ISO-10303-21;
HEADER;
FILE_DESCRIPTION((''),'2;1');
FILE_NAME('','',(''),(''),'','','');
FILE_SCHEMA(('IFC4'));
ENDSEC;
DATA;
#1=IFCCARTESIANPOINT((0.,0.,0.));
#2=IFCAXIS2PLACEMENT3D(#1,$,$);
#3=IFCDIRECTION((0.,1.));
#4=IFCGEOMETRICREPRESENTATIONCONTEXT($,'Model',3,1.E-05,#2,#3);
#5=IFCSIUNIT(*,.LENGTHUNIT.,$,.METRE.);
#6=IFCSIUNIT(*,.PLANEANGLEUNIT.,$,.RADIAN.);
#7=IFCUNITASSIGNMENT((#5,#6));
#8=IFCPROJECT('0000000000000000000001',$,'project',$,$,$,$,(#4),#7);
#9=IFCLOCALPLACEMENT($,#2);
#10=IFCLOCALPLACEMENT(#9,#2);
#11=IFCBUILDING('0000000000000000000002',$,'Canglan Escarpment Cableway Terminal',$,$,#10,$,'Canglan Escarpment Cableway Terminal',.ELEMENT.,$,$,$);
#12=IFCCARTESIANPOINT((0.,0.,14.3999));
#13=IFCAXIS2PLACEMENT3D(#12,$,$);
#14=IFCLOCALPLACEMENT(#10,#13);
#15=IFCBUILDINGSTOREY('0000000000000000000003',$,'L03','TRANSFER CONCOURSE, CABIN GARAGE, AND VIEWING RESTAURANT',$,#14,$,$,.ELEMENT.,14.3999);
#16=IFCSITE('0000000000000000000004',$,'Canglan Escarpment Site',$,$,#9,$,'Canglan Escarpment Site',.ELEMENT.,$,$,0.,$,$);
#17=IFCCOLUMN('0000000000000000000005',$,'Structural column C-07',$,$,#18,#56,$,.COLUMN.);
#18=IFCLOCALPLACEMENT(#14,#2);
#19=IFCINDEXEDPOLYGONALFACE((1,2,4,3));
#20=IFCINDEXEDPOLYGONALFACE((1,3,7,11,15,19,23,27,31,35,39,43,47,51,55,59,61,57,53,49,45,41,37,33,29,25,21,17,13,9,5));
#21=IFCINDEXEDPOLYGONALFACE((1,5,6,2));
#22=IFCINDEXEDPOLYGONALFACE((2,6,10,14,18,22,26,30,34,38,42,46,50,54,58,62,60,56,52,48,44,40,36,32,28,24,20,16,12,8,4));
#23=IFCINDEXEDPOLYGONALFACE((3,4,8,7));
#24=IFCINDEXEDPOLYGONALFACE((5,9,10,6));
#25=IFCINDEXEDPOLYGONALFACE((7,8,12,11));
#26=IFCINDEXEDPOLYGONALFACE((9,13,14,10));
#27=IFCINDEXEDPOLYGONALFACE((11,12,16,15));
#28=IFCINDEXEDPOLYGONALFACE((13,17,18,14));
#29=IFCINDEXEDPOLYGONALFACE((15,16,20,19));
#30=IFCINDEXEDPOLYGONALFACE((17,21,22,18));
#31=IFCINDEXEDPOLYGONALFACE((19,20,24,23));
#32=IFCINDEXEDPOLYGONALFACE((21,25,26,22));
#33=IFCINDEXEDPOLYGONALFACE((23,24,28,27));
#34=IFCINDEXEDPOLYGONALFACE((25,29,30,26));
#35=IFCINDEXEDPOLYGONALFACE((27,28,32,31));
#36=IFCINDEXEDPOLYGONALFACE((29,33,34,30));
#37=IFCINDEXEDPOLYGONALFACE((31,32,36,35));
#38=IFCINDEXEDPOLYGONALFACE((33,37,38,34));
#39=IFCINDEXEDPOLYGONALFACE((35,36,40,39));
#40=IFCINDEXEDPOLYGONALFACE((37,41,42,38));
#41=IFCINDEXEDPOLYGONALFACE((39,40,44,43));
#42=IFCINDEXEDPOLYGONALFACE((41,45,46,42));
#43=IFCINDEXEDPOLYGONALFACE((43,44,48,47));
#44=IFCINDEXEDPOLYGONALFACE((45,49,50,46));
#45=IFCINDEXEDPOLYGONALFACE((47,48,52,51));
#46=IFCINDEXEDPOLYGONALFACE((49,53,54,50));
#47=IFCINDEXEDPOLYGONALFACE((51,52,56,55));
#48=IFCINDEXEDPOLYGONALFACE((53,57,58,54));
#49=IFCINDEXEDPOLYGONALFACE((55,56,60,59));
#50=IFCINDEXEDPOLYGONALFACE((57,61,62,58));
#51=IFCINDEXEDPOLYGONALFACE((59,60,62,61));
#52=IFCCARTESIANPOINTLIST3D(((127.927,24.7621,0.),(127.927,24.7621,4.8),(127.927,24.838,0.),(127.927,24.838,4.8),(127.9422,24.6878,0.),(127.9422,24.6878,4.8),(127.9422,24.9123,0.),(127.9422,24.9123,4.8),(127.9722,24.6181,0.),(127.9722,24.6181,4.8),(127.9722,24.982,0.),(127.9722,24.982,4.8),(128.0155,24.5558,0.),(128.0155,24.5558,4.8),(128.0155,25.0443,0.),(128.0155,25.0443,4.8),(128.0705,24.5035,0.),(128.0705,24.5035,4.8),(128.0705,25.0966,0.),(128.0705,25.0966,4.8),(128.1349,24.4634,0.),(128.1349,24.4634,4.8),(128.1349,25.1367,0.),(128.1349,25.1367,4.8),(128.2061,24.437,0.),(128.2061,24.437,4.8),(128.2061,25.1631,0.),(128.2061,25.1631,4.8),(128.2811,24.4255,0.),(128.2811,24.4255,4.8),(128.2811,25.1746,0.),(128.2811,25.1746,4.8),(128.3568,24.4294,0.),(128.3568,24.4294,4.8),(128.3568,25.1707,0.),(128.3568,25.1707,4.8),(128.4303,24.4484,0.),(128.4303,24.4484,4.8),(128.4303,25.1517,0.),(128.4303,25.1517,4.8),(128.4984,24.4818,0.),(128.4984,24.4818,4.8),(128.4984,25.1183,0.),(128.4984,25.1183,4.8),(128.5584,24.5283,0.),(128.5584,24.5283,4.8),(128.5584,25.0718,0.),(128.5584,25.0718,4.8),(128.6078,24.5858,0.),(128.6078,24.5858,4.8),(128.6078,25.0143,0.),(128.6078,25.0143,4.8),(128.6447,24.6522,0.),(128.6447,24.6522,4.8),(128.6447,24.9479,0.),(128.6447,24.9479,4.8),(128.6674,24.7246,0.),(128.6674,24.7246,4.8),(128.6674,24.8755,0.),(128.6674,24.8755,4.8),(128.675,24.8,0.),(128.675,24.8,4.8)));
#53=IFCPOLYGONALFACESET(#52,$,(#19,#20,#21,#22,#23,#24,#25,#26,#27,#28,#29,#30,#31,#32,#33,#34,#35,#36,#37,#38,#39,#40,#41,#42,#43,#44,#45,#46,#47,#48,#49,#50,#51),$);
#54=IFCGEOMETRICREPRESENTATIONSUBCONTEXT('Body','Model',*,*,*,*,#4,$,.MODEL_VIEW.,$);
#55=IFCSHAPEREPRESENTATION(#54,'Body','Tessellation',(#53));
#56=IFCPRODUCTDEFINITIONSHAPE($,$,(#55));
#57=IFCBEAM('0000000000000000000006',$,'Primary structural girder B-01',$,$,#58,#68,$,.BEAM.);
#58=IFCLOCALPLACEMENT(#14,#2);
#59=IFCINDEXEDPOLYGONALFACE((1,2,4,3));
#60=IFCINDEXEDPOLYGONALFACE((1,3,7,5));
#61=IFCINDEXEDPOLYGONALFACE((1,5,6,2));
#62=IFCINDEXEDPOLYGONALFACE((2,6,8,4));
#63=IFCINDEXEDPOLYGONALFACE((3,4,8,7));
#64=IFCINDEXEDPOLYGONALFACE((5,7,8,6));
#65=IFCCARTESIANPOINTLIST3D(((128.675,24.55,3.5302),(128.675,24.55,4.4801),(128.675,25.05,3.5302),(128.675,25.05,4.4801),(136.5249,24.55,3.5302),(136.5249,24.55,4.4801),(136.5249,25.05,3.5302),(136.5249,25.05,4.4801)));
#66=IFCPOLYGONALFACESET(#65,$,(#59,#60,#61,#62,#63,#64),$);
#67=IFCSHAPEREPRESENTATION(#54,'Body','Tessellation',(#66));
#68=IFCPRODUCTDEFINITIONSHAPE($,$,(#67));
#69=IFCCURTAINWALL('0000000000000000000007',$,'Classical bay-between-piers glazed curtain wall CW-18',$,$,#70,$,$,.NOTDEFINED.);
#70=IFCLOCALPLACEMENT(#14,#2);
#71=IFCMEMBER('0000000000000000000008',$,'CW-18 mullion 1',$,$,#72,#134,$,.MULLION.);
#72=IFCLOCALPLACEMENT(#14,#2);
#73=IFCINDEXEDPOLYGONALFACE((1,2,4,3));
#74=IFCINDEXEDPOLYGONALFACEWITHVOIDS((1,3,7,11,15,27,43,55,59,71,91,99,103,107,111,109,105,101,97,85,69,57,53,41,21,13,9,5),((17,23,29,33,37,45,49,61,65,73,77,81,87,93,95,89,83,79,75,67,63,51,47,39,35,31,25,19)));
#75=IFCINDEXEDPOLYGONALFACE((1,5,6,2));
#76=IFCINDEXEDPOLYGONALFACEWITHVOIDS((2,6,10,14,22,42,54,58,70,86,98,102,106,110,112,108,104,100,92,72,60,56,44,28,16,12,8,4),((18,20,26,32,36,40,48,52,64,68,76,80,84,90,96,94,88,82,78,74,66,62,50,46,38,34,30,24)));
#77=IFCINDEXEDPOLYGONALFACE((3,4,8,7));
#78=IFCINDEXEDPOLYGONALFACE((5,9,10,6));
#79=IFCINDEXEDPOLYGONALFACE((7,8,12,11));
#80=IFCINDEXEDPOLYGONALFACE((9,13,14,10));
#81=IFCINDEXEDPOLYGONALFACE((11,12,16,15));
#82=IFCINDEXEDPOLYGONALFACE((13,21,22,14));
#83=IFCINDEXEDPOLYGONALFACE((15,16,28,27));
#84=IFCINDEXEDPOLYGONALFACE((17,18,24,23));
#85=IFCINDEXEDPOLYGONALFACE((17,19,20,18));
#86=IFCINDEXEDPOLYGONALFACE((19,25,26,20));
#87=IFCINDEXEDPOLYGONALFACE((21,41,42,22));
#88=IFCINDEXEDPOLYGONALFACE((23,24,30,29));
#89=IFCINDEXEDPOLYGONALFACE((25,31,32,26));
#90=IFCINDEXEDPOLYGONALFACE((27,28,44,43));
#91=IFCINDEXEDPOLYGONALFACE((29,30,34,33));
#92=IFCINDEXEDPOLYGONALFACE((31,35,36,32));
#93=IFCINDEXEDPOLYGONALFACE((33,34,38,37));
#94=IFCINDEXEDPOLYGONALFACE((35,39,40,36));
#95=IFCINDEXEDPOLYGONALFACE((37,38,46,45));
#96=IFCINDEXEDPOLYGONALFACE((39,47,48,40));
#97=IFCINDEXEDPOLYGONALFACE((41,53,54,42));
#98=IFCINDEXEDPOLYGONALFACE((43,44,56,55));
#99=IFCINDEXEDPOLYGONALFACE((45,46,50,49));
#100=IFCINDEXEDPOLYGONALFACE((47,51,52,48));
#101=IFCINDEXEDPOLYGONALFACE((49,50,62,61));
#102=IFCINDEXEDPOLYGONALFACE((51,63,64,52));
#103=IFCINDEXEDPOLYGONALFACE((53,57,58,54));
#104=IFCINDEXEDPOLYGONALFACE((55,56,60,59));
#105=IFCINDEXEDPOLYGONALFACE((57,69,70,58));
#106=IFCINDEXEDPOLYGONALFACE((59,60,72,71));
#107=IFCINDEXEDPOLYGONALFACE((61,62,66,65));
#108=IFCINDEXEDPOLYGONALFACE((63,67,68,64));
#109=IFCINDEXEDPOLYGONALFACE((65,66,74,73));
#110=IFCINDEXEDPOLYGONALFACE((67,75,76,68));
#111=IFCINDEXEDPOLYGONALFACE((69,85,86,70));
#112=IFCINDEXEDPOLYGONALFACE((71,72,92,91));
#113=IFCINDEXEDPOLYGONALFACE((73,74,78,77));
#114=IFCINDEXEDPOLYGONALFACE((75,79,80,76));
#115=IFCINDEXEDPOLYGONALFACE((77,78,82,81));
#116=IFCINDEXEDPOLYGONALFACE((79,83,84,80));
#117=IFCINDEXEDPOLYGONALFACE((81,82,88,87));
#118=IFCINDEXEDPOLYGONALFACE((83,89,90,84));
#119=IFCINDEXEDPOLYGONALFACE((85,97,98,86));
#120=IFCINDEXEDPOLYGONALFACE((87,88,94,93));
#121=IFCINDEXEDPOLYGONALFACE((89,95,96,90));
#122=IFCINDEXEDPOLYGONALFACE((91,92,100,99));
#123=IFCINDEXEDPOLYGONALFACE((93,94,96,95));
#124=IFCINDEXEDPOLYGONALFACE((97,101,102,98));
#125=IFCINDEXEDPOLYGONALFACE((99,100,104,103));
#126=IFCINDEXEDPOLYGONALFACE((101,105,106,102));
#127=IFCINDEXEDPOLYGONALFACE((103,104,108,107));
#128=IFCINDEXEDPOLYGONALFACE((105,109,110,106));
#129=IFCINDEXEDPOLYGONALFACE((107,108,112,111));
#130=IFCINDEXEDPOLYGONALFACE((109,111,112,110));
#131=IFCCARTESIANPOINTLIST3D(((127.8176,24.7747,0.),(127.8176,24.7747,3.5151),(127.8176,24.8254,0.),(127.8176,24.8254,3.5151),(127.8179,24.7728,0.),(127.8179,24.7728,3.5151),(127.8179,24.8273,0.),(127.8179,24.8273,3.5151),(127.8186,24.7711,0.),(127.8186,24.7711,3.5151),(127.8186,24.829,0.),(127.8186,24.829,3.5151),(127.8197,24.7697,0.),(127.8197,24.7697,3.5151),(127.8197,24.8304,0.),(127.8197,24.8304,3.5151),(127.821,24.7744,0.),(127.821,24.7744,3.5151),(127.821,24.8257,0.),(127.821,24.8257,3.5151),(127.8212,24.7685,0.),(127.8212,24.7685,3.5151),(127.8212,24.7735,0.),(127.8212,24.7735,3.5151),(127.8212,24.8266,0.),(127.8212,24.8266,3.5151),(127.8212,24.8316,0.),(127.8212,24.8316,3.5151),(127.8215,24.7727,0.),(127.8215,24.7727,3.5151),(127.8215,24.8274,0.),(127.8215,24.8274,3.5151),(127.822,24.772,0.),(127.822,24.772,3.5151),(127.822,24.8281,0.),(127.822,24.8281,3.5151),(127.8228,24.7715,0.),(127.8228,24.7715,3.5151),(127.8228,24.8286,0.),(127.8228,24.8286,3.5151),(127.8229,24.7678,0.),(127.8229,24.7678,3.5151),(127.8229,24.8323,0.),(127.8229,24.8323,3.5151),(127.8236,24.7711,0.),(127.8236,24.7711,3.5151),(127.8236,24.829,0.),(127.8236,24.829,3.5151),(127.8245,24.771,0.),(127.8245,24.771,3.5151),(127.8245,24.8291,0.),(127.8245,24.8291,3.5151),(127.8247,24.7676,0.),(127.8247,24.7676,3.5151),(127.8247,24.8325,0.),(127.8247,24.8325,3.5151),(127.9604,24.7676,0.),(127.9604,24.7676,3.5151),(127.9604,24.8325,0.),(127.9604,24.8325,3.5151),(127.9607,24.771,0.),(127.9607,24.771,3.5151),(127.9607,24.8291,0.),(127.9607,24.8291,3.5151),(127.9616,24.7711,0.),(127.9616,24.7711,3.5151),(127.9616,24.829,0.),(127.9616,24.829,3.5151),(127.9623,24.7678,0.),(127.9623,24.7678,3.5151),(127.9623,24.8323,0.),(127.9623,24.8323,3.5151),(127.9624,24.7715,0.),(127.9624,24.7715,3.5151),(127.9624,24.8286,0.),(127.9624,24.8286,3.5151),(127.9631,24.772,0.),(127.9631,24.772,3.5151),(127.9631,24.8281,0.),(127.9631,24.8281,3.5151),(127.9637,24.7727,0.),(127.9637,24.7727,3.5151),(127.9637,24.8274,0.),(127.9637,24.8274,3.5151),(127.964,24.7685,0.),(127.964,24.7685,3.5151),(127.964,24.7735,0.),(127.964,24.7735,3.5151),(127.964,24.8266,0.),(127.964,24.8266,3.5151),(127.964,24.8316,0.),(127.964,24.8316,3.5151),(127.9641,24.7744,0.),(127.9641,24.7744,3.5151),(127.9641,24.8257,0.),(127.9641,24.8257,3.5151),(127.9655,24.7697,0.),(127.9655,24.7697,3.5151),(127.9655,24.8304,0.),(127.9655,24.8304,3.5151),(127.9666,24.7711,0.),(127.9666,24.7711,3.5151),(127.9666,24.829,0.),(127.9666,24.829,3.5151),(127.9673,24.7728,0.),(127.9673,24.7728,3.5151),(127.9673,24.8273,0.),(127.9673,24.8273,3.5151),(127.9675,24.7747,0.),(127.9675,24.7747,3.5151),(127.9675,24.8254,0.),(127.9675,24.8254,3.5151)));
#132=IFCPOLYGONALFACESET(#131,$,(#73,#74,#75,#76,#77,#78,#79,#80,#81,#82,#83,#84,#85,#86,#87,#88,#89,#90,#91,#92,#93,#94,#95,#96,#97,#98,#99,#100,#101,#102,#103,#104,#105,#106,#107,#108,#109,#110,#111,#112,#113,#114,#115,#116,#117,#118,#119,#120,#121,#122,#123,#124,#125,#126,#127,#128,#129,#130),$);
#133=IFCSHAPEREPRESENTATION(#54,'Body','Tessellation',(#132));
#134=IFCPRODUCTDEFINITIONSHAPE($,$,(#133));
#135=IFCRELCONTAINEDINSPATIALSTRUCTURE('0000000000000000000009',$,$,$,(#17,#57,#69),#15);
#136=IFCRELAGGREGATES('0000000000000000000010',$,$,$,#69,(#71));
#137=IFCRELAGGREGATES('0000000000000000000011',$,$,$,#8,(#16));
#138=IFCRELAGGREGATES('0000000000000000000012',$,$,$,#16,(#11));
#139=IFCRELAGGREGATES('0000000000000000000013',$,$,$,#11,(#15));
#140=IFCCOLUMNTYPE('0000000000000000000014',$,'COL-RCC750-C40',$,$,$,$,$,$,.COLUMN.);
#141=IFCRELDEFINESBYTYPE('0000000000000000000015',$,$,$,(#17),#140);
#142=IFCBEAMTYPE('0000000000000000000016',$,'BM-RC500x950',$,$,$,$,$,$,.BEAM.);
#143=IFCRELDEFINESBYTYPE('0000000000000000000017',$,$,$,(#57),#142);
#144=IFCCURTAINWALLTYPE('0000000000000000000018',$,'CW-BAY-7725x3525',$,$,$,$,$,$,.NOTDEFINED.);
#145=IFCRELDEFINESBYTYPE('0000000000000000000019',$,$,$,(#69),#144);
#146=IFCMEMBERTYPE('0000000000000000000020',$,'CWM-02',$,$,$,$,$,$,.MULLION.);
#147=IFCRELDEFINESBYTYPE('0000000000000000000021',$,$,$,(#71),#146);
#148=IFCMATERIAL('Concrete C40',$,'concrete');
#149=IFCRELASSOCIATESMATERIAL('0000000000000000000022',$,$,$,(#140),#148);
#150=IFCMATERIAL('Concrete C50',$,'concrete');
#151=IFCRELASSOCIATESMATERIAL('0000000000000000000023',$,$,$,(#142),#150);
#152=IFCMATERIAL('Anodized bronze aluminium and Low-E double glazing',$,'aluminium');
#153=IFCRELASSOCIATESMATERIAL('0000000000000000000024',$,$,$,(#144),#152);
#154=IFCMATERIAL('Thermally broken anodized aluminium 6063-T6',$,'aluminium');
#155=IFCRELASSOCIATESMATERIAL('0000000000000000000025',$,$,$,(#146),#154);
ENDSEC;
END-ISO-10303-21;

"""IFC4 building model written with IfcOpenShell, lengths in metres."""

from ifc_helpers import new_model, si_unit, direction, frame, origin, origin_2d, place, context, subcontext, project, spatial, rectangle, hollow_rectangle, circle, extrude, material, material_profile, profile_set, type_object, element, aggregate, save


model = new_model("IFC4")

# Units and contexts
model_context = context("Model", 3, precision=1e-05, world=origin(), true_north=direction((0.0, 1.0)))
body_context = subcontext(model_context, "Body", "Model", "MODEL_VIEW")
ifc_project = project(units=[si_unit("LENGTHUNIT", "METRE"), si_unit("PLANEANGLEUNIT", "RADIAN")], contexts=[model_context])

# Site, building, storey
site_placement = place(None, origin())
site = spatial("IfcSite", under=ifc_project, at=site_placement, Name="Canglan Escarpment Site", LongName="Canglan Escarpment Site", CompositionType="ELEMENT", RefElevation=0.0)
building_placement = place(site_placement, origin())
building = spatial("IfcBuilding", under=site, at=building_placement, Name="Canglan Escarpment Cableway Terminal", LongName="Canglan Escarpment Cableway Terminal", CompositionType="ELEMENT")
storey_placement = place(building_placement, frame((0.0, 0.0, 14.3999)))
storey = spatial("IfcBuildingStorey", under=building, at=storey_placement, Name="L03", Description="TRANSFER CONCOURSE, CABIN GARAGE, AND VIEWING RESTAURANT", CompositionType="ELEMENT", Elevation=14.3999)

# Column
ifc_material_1 = material(Name="Concrete C40", Category="concrete")
ifc_material_profile_1 = material_profile(ifc_material_1, circle(Radius=0.375, at=origin_2d()), Name="RC-CIRC D750")
ifc_profile_set_1 = profile_set([ifc_material_profile_1], Name="Concrete C40")
column_type = type_object("IfcColumnType", Name="COL-RCC750-C40", PredefinedType="COLUMN", material=ifc_profile_set_1)
column_placement = place(storey_placement, frame((128.3, 24.8, 0.0), z_axis=(0.0, 0.0, 1.0), x_axis=(1.0, 0.0, 0.0)))
element("IfcColumn", 1, at=column_placement, inside=storey, type_object=column_type, Name="Structural column C-07", PredefinedType="COLUMN", context=body_context, shape_type="SweptSolid", body=[
    extrude(circle(Radius=0.375, at=origin_2d()), origin(), (0.0, 0.0, 1.0), 4.8),
])

# Beam
ifc_material_2 = material(Name="Concrete C50", Category="concrete")
ifc_material_profile_2 = material_profile(ifc_material_2, rectangle(XDim=0.5, YDim=0.95, at=origin_2d()), Name="RC 500x950")
ifc_profile_set_2 = profile_set([ifc_material_profile_2], Name="Concrete C50")
beam_type = type_object("IfcBeamType", Name="BM-RC500x950", PredefinedType="BEAM", material=ifc_profile_set_2)
beam_placement = place(storey_placement, frame((128.675, 24.8, 4.0051), z_axis=(1.0, 0.0, 0.0), x_axis=(0.0, 1.0, 0.0)))
element("IfcBeam", 2, at=beam_placement, inside=storey, type_object=beam_type, Name="Primary structural girder B-01", PredefinedType="BEAM", context=body_context, shape_type="SweptSolid", body=[
    extrude(rectangle(XDim=0.5, YDim=0.95, at=origin_2d()), origin(), (0.0, 0.0, 1.0), 7.8499),
])

# Curtain wall, member
ifc_material_3 = material(Name="Anodized bronze aluminium and Low-E double glazing", Category="aluminium")
curtain_wall_type_1 = type_object("IfcCurtainWallType", Name="CW-BAY-7725x3525", PredefinedType="NOTDEFINED", material=ifc_material_3)
curtain_wall_1_placement = place(storey_placement, origin())
curtain_wall_1 = element("IfcCurtainWall", 3, at=curtain_wall_1_placement, inside=storey, type_object=curtain_wall_type_1, Name="Classical bay-between-piers glazed curtain wall CW-18", PredefinedType="NOTDEFINED")
ifc_material_4 = material(Name="Thermally broken anodized aluminium 6063-T6", Category="aluminium")
ifc_material_profile_3 = material_profile(ifc_material_4, hollow_rectangle(XDim=0.0649, YDim=0.1499, WallThickness=0.0034, InnerFilletRadius=0.0034, OuterFilletRadius=0.0071, at=origin_2d()), Name="ALU-MULL 65x150x3.5")
ifc_profile_set_3 = profile_set([ifc_material_profile_3], Name="Thermally broken anodized aluminium 6063-T6")
member_type_1 = type_object("IfcMemberType", Name="CWM-02", PredefinedType="MULLION", material=ifc_profile_set_3)
member_1_placement = place(storey_placement, frame((127.8926, 24.8, 0.0), z_axis=(0.0, 0.0, 1.0), x_axis=(0.0, -1.0, 0.0)))
member_1 = element("IfcMember", 4, at=member_1_placement, type_object=member_type_1, Name="CW-18 mullion 1", PredefinedType="MULLION", context=body_context, shape_type="SweptSolid", body=[
    extrude(hollow_rectangle(XDim=0.0649, YDim=0.1499, WallThickness=0.0034, InnerFilletRadius=0.0034, OuterFilletRadius=0.0071, at=origin_2d()), origin(), (0.0, 0.0, 1.0), 3.5151),
])

aggregate(curtain_wall_1, [member_1])

save(model, "model.ifc")
